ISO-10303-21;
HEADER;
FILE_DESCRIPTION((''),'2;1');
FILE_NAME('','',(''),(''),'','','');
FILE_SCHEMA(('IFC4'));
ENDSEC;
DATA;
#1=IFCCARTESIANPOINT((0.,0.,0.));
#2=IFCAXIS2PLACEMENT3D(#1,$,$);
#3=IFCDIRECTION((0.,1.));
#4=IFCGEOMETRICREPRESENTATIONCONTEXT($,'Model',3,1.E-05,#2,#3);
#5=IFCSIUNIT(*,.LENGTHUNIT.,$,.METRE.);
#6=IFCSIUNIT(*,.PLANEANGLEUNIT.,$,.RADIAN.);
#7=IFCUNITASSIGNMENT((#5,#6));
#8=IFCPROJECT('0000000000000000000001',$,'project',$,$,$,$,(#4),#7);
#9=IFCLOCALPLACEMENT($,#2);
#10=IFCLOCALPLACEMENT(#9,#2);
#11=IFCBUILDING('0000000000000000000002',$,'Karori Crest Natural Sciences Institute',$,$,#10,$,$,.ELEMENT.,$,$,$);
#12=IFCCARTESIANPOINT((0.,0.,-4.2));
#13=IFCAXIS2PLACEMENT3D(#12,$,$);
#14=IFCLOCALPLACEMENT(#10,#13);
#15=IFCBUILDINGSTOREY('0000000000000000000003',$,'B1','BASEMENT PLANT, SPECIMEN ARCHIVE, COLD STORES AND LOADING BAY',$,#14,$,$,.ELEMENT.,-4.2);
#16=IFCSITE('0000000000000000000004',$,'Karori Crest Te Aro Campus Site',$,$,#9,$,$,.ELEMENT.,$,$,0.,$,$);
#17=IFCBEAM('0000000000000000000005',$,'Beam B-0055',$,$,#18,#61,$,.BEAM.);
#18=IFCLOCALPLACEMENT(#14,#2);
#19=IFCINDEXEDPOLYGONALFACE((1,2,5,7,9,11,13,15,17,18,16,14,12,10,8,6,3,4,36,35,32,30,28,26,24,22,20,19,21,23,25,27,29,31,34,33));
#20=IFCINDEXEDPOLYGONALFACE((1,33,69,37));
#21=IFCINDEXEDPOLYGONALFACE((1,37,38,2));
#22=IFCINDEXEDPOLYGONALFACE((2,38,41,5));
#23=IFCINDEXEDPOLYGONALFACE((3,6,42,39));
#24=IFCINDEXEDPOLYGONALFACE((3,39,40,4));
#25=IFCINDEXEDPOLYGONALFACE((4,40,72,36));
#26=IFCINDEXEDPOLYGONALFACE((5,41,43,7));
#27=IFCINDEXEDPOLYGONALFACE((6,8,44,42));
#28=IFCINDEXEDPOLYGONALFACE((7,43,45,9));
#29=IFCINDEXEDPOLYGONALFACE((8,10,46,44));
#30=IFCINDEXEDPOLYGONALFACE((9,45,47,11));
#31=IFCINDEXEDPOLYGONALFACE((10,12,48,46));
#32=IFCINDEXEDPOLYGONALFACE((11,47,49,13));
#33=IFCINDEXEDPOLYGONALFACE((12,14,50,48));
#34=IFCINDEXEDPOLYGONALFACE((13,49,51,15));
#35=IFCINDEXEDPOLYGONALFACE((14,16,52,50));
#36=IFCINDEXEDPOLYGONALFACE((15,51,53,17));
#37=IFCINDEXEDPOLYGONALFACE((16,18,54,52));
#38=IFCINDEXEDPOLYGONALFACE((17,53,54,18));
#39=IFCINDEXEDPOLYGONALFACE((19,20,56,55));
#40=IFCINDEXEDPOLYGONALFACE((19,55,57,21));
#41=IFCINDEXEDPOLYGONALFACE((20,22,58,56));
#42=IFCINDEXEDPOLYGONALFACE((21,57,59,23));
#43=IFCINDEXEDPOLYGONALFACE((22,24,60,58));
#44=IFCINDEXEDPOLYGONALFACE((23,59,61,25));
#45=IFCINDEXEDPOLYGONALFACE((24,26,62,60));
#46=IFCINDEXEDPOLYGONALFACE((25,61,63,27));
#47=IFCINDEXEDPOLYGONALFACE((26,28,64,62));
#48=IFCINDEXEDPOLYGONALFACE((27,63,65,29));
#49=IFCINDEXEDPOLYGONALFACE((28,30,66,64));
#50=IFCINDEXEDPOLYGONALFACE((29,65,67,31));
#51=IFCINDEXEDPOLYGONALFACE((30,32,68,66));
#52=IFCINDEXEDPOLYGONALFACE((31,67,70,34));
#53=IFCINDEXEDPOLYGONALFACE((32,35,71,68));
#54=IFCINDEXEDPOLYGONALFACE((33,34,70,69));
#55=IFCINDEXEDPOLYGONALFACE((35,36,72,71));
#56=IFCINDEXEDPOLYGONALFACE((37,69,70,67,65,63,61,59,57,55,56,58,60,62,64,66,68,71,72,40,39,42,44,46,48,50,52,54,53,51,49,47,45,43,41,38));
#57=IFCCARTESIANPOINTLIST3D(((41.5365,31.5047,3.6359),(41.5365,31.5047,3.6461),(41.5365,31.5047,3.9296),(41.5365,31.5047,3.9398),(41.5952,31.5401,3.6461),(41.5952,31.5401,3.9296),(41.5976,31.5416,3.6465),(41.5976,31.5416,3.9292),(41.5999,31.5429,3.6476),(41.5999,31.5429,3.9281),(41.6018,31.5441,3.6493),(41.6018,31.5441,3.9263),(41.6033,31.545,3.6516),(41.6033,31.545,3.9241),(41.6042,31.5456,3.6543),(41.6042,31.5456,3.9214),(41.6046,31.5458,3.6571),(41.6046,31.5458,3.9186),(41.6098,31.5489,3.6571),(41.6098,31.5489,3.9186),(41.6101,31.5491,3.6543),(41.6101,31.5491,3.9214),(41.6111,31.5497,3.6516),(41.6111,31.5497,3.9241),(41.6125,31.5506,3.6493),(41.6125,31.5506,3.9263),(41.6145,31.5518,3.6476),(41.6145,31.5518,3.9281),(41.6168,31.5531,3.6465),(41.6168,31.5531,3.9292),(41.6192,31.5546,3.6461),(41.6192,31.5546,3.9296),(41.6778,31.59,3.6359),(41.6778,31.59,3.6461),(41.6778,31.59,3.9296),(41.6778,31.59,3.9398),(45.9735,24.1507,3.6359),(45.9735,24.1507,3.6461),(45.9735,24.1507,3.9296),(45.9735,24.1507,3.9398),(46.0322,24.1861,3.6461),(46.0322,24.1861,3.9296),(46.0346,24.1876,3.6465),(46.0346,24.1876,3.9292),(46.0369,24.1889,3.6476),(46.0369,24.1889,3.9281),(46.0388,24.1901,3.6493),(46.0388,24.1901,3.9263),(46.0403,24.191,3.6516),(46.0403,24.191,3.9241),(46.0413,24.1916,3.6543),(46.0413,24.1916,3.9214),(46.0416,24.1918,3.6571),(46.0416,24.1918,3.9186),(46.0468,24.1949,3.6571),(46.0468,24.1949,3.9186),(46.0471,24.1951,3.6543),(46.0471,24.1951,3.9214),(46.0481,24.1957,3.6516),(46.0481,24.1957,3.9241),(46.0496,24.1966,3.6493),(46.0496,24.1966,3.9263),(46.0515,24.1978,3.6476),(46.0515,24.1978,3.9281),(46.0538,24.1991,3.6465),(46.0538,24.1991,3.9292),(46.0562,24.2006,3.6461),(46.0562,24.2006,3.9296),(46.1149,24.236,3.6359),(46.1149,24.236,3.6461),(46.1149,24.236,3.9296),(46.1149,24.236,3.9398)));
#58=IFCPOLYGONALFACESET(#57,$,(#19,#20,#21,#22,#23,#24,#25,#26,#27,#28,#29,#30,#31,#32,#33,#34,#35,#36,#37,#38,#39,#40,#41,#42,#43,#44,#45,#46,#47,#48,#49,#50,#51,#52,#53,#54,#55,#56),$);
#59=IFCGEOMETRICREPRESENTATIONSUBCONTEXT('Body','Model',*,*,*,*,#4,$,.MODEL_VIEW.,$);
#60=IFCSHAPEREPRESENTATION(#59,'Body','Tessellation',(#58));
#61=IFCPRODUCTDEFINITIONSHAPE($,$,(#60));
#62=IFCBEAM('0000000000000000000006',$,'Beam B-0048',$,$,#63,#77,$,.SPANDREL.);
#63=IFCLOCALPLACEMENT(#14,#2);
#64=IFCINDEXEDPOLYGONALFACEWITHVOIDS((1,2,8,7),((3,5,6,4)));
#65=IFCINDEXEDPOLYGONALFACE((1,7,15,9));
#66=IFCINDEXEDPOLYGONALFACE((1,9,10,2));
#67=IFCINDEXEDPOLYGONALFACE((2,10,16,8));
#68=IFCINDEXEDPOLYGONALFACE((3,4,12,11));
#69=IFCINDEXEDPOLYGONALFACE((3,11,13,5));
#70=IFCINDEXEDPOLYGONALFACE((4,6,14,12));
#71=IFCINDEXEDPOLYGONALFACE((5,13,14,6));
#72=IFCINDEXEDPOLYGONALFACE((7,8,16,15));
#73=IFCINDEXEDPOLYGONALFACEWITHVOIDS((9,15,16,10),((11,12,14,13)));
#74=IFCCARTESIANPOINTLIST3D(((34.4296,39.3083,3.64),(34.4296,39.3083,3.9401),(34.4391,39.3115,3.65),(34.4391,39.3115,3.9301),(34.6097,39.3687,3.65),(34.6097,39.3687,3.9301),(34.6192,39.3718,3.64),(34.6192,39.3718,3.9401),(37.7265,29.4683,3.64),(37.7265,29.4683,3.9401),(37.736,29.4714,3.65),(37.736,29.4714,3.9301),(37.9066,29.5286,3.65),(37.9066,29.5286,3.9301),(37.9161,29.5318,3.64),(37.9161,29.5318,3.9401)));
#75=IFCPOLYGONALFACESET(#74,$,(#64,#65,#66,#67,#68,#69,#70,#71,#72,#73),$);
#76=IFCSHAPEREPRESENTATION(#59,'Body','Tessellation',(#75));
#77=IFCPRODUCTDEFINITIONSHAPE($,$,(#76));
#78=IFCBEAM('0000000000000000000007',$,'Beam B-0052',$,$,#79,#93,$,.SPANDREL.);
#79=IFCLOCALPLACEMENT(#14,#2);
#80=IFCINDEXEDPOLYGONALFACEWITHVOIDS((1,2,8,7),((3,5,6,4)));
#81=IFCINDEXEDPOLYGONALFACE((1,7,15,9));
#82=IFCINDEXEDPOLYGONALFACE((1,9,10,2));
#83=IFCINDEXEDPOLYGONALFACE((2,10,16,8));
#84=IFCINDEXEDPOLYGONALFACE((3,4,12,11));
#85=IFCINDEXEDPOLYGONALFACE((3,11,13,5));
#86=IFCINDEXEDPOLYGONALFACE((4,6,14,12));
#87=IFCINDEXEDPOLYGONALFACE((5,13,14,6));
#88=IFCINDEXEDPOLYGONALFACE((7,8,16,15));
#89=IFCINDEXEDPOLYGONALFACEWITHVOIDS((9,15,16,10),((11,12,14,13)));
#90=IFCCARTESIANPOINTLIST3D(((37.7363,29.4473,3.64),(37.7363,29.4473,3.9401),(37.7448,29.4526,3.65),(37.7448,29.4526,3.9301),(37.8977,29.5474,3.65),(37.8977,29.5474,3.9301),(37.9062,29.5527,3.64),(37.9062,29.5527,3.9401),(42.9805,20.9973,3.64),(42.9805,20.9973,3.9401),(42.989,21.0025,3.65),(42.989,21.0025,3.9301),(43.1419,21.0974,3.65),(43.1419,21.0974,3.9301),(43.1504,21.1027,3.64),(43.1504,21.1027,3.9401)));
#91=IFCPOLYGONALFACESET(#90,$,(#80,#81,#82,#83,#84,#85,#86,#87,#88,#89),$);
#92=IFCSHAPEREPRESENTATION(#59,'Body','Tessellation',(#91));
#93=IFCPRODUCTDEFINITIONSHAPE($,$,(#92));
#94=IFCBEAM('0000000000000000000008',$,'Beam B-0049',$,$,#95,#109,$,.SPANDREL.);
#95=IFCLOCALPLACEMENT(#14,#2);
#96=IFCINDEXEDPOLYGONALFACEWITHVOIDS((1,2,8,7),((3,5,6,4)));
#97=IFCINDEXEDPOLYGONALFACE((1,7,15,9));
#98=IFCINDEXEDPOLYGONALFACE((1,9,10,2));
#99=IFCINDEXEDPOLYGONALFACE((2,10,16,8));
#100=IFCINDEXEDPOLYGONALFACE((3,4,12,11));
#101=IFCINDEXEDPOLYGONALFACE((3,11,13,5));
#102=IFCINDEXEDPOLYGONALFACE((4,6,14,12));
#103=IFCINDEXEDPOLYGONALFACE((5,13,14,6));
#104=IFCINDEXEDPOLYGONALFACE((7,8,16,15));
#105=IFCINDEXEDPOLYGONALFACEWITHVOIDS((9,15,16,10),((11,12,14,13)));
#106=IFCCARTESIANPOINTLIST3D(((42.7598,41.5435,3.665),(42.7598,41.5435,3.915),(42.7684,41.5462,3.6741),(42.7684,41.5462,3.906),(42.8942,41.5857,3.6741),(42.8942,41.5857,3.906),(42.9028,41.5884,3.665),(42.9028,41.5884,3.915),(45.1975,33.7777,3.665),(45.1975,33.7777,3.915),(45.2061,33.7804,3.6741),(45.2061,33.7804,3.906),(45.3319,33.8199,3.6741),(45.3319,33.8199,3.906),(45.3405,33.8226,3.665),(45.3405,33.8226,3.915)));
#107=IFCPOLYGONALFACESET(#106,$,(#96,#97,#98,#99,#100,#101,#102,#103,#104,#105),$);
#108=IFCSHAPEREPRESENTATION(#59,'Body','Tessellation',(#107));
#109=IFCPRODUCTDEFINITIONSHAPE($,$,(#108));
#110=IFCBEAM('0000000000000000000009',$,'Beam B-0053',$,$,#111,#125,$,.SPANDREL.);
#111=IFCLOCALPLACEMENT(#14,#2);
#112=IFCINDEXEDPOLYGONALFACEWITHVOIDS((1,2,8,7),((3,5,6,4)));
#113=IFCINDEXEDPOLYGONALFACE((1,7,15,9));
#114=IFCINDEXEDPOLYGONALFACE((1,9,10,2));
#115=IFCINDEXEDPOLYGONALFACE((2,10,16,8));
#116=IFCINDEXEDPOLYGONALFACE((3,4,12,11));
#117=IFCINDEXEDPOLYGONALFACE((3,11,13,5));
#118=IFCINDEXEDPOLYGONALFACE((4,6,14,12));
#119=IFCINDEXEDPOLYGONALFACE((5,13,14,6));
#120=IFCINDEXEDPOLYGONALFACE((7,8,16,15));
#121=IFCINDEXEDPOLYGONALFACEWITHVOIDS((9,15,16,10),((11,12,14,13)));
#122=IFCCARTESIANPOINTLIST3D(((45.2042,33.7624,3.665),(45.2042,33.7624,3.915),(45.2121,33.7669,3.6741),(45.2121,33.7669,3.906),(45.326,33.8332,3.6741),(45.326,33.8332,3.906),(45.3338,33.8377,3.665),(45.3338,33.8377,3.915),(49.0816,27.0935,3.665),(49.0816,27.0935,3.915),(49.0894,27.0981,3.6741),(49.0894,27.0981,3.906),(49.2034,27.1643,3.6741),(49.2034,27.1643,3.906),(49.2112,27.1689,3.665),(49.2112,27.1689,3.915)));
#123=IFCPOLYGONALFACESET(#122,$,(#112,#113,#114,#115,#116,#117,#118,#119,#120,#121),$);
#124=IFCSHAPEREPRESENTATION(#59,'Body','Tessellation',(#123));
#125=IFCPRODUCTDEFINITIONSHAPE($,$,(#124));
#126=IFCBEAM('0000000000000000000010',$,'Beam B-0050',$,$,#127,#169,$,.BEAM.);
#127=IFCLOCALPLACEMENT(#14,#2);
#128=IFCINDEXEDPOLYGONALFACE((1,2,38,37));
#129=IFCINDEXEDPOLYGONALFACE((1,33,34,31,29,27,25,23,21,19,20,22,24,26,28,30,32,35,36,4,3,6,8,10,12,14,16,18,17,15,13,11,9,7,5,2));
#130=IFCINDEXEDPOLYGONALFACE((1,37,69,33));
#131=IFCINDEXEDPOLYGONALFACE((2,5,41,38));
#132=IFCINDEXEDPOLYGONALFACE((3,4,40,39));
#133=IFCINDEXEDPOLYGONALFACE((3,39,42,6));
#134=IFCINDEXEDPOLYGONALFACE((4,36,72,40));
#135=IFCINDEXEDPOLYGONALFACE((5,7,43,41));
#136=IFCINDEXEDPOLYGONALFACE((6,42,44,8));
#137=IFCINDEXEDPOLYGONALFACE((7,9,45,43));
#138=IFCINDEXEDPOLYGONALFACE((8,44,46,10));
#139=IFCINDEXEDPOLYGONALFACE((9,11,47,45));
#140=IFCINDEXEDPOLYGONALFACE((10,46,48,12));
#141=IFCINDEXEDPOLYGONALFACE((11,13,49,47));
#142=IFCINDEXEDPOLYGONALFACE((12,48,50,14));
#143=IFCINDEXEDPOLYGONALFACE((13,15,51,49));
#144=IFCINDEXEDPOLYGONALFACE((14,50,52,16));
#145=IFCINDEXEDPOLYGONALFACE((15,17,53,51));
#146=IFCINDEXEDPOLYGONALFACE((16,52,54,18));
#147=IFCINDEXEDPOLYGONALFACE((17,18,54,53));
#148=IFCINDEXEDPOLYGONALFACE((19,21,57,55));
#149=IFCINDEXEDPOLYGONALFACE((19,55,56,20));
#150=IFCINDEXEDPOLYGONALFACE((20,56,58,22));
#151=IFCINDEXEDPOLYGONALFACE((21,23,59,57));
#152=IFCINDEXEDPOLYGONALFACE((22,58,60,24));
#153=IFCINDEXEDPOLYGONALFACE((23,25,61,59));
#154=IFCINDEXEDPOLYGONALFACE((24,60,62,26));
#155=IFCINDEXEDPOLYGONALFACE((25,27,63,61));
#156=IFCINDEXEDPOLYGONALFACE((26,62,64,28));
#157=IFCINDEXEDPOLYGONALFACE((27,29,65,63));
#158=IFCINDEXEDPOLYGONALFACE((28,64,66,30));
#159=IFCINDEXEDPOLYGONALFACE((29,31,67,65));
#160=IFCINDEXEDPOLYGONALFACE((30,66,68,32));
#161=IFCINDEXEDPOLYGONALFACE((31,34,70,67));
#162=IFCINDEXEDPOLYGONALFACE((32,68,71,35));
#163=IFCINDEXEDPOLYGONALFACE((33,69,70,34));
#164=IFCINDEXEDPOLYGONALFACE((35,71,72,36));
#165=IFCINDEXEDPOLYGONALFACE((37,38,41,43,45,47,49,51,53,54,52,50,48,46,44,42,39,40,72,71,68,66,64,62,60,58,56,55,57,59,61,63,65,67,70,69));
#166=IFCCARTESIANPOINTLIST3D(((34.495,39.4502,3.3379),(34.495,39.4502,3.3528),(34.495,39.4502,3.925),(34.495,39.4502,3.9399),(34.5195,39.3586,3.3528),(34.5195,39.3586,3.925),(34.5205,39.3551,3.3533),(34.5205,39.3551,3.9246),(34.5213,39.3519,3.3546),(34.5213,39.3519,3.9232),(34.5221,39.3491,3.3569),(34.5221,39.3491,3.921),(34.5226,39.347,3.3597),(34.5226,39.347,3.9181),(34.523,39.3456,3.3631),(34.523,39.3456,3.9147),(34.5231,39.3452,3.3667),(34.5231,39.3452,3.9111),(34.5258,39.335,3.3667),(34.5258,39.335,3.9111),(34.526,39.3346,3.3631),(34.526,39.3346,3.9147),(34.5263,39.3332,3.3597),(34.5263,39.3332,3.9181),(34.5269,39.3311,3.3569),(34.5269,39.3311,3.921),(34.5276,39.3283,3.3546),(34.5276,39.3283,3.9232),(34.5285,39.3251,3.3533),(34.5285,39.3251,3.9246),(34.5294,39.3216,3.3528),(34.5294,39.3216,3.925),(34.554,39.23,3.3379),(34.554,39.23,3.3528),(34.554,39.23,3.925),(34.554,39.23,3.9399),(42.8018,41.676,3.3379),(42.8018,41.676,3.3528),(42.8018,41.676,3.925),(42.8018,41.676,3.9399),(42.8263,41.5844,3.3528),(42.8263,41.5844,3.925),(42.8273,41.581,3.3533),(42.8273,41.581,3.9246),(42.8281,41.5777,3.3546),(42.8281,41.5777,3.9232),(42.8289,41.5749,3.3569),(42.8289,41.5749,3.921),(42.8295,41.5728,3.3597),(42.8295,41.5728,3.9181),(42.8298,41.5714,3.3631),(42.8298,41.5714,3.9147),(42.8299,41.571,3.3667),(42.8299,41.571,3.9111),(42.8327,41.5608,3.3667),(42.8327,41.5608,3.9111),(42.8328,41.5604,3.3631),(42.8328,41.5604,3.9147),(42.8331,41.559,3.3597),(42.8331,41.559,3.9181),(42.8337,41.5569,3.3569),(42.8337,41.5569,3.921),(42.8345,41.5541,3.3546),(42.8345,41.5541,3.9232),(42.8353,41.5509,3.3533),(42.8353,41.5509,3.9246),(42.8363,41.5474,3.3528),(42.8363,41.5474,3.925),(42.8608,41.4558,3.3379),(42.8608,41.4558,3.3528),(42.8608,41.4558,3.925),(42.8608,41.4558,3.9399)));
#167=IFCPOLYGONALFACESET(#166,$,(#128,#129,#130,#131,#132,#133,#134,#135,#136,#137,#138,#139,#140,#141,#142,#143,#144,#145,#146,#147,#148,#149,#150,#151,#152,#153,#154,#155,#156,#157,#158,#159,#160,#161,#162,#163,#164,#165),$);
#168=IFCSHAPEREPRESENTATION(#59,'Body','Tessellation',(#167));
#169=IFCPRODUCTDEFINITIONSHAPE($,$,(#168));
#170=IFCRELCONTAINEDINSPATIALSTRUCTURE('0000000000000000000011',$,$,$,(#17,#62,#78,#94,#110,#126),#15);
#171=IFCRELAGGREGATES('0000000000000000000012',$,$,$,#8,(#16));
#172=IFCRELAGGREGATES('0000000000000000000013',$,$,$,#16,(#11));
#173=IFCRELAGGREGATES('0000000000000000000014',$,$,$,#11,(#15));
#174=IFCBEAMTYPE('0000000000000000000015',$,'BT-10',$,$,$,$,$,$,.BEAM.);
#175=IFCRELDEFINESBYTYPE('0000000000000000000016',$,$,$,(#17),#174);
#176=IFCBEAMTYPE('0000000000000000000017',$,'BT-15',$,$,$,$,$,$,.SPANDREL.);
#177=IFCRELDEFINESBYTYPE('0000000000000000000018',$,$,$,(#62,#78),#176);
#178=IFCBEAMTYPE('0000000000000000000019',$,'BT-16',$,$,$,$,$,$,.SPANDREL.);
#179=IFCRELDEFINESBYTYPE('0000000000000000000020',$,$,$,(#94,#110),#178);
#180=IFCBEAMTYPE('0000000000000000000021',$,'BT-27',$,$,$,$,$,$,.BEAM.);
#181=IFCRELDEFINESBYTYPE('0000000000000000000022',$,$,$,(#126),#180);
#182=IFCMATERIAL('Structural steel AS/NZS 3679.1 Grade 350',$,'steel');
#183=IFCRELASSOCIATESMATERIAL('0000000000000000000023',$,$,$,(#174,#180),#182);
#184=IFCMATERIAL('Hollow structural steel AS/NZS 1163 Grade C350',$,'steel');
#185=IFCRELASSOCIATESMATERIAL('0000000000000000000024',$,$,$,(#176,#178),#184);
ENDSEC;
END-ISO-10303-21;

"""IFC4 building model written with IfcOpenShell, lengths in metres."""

from ifc_helpers import new_model, si_unit, direction, frame, origin, origin_2d, place, context, subcontext, project, spatial, hollow_rectangle, i_section, extrude, material, material_profile, profile_set, type_object, element, save


model = new_model("IFC4")

# Units and contexts
model_context = context("Model", 3, precision=1e-05, world=origin(), true_north=direction((0.0, 1.0)))
body_context = subcontext(model_context, "Body", "Model", "MODEL_VIEW")
ifc_project = project(units=[si_unit("LENGTHUNIT", "METRE"), si_unit("PLANEANGLEUNIT", "RADIAN")], contexts=[model_context])

# Site, building, storey
site_placement = place(None, origin())
site = spatial("IfcSite", under=ifc_project, at=site_placement, Name="Karori Crest Te Aro Campus Site", CompositionType="ELEMENT", RefElevation=0.0)
building_placement = place(site_placement, origin())
building = spatial("IfcBuilding", under=site, at=building_placement, Name="Karori Crest Natural Sciences Institute", CompositionType="ELEMENT")
storey_placement = place(building_placement, frame((0.0, 0.0, -4.2)))
storey = spatial("IfcBuildingStorey", under=building, at=storey_placement, Name="B1", Description="BASEMENT PLANT, SPECIMEN ARCHIVE, COLD STORES AND LOADING BAY", CompositionType="ELEMENT", Elevation=-4.2)

# Shared definitions
ifc_material_1 = material(Name="Structural steel AS/NZS 3679.1 Grade 350", Category="steel")

# Beams
ifc_material_profile_1 = material_profile(ifc_material_1, i_section(OverallWidth=0.165, OverallDepth=0.304, WebThickness=0.0061, FlangeThickness=0.0103, FilletRadius=0.011, at=origin_2d()), Name="310UB40.4")
ifc_profile_set_1 = profile_set([ifc_material_profile_1], Name="Structural steel AS/NZS 3679.1 Grade 350")
beam_type_1 = type_object("IfcBeamType", Name="BT-10", PredefinedType="BEAM", material=ifc_profile_set_1)
beam_1_placement = place(storey_placement, frame((41.6072, 31.5474, 3.7878), z_axis=(0.516601, -0.856226, 0.0), x_axis=(0.856226, 0.516601, 0.0)))
element("IfcBeam", 1, at=beam_1_placement, inside=storey, type_object=beam_type_1, Name="Beam B-0055", PredefinedType="BEAM", context=body_context, shape_type="SweptSolid", body=[
    extrude(i_section(OverallWidth=0.165, OverallDepth=0.304, WebThickness=0.0061, FlangeThickness=0.0103, FilletRadius=0.011, at=origin_2d()), origin(), (0.0, 0.0, 1.0), 8.5889),
])
ifc_material_2 = material(Name="Hollow structural steel AS/NZS 1163 Grade C350", Category="steel")
ifc_material_profile_2 = material_profile(ifc_material_2, hollow_rectangle(XDim=0.2, YDim=0.3, WallThickness=0.01, at=origin_2d()), Name="RHS300x200x10")
ifc_profile_set_2 = profile_set([ifc_material_profile_2], Name="Hollow structural steel AS/NZS 1163 Grade C350")
beam_type_2 = type_object("IfcBeamType", Name="BT-15", PredefinedType="SPANDREL", material=ifc_profile_set_2)
beam_2_placement = place(storey_placement, frame((34.5244, 39.3401, 3.79), z_axis=(0.317688, -0.948195, 0.0), x_axis=(0.948195, 0.317688, 0.0)))
element("IfcBeam", 2, at=beam_2_placement, inside=storey, type_object=beam_type_2, Name="Beam B-0048", PredefinedType="SPANDREL", context=body_context, shape_type="SweptSolid", body=[
    extrude(hollow_rectangle(XDim=0.2, YDim=0.3, WallThickness=0.01, at=origin_2d()), origin(), (0.0, 0.0, 1.0), 10.3777),
])
beam_3_placement = place(storey_placement, frame((37.8213, 29.5, 3.79), z_axis=(0.527315, -0.84967, 0.0), x_axis=(0.84967, 0.527315, 0.0)))
element("IfcBeam", 3, at=beam_3_placement, inside=storey, type_object=beam_type_2, Name="Beam B-0052", PredefinedType="SPANDREL", context=body_context, shape_type="SweptSolid", body=[
    extrude(hollow_rectangle(XDim=0.2, YDim=0.3, WallThickness=0.01, at=origin_2d()), origin(), (0.0, 0.0, 1.0), 9.9451),
])
ifc_material_profile_3 = material_profile(ifc_material_2, hollow_rectangle(XDim=0.1499, YDim=0.25, WallThickness=0.009, at=origin_2d()), Name="RHS250x150x9")
ifc_profile_set_3 = profile_set([ifc_material_profile_3], Name="Hollow structural steel AS/NZS 1163 Grade C350")
beam_type_3 = type_object("IfcBeamType", Name="BT-16", PredefinedType="SPANDREL", material=ifc_profile_set_3)
beam_4_placement = place(storey_placement, frame((42.8313, 41.5659, 3.79), z_axis=(0.299496, -0.954098, 0.0), x_axis=(0.954098, 0.299496, 0.0)))
element("IfcBeam", 4, at=beam_4_placement, inside=storey, type_object=beam_type_3, Name="Beam B-0049", PredefinedType="SPANDREL", context=body_context, shape_type="SweptSolid", body=[
    extrude(hollow_rectangle(XDim=0.1499, YDim=0.25, WallThickness=0.009, at=origin_2d()), origin(), (0.0, 0.0, 1.0), 8.1394),
])
beam_5_placement = place(storey_placement, frame((45.269, 33.8, 3.79), z_axis=(0.502635, -0.864499, 0.0), x_axis=(0.864499, 0.502635, 0.0)))
element("IfcBeam", 5, at=beam_5_placement, inside=storey, type_object=beam_type_3, Name="Beam B-0053", PredefinedType="SPANDREL", context=body_context, shape_type="SweptSolid", body=[
    extrude(hollow_rectangle(XDim=0.1499, YDim=0.25, WallThickness=0.009, at=origin_2d()), origin(), (0.0, 0.0, 1.0), 7.7141),
])
ifc_material_profile_4 = material_profile(ifc_material_1, i_section(OverallWidth=0.228, OverallDepth=0.6021, WebThickness=0.0105, FlangeThickness=0.0149, FilletRadius=0.0139, at=origin_2d()), Name="610UB101")
ifc_profile_set_4 = profile_set([ifc_material_profile_4], Name="Structural steel AS/NZS 3679.1 Grade 350")
beam_type_4 = type_object("IfcBeamType", Name="BT-27", PredefinedType="BEAM", material=ifc_profile_set_4)
beam_6_placement = place(storey_placement, frame((42.8313, 41.5659, 3.6389), z_axis=(-0.965926, -0.25882, 0.0), x_axis=(0.25882, -0.965926, 0.0)))
element("IfcBeam", 6, at=beam_6_placement, inside=storey, type_object=beam_type_4, Name="Beam B-0050", PredefinedType="BEAM", context=body_context, shape_type="SweptSolid", body=[
    extrude(i_section(OverallWidth=0.228, OverallDepth=0.6021, WebThickness=0.0105, FlangeThickness=0.0149, FilletRadius=0.0139, at=origin_2d()), origin(), (0.0, 0.0, 1.0), 8.5999),
])

save(model, "model.ifc")
